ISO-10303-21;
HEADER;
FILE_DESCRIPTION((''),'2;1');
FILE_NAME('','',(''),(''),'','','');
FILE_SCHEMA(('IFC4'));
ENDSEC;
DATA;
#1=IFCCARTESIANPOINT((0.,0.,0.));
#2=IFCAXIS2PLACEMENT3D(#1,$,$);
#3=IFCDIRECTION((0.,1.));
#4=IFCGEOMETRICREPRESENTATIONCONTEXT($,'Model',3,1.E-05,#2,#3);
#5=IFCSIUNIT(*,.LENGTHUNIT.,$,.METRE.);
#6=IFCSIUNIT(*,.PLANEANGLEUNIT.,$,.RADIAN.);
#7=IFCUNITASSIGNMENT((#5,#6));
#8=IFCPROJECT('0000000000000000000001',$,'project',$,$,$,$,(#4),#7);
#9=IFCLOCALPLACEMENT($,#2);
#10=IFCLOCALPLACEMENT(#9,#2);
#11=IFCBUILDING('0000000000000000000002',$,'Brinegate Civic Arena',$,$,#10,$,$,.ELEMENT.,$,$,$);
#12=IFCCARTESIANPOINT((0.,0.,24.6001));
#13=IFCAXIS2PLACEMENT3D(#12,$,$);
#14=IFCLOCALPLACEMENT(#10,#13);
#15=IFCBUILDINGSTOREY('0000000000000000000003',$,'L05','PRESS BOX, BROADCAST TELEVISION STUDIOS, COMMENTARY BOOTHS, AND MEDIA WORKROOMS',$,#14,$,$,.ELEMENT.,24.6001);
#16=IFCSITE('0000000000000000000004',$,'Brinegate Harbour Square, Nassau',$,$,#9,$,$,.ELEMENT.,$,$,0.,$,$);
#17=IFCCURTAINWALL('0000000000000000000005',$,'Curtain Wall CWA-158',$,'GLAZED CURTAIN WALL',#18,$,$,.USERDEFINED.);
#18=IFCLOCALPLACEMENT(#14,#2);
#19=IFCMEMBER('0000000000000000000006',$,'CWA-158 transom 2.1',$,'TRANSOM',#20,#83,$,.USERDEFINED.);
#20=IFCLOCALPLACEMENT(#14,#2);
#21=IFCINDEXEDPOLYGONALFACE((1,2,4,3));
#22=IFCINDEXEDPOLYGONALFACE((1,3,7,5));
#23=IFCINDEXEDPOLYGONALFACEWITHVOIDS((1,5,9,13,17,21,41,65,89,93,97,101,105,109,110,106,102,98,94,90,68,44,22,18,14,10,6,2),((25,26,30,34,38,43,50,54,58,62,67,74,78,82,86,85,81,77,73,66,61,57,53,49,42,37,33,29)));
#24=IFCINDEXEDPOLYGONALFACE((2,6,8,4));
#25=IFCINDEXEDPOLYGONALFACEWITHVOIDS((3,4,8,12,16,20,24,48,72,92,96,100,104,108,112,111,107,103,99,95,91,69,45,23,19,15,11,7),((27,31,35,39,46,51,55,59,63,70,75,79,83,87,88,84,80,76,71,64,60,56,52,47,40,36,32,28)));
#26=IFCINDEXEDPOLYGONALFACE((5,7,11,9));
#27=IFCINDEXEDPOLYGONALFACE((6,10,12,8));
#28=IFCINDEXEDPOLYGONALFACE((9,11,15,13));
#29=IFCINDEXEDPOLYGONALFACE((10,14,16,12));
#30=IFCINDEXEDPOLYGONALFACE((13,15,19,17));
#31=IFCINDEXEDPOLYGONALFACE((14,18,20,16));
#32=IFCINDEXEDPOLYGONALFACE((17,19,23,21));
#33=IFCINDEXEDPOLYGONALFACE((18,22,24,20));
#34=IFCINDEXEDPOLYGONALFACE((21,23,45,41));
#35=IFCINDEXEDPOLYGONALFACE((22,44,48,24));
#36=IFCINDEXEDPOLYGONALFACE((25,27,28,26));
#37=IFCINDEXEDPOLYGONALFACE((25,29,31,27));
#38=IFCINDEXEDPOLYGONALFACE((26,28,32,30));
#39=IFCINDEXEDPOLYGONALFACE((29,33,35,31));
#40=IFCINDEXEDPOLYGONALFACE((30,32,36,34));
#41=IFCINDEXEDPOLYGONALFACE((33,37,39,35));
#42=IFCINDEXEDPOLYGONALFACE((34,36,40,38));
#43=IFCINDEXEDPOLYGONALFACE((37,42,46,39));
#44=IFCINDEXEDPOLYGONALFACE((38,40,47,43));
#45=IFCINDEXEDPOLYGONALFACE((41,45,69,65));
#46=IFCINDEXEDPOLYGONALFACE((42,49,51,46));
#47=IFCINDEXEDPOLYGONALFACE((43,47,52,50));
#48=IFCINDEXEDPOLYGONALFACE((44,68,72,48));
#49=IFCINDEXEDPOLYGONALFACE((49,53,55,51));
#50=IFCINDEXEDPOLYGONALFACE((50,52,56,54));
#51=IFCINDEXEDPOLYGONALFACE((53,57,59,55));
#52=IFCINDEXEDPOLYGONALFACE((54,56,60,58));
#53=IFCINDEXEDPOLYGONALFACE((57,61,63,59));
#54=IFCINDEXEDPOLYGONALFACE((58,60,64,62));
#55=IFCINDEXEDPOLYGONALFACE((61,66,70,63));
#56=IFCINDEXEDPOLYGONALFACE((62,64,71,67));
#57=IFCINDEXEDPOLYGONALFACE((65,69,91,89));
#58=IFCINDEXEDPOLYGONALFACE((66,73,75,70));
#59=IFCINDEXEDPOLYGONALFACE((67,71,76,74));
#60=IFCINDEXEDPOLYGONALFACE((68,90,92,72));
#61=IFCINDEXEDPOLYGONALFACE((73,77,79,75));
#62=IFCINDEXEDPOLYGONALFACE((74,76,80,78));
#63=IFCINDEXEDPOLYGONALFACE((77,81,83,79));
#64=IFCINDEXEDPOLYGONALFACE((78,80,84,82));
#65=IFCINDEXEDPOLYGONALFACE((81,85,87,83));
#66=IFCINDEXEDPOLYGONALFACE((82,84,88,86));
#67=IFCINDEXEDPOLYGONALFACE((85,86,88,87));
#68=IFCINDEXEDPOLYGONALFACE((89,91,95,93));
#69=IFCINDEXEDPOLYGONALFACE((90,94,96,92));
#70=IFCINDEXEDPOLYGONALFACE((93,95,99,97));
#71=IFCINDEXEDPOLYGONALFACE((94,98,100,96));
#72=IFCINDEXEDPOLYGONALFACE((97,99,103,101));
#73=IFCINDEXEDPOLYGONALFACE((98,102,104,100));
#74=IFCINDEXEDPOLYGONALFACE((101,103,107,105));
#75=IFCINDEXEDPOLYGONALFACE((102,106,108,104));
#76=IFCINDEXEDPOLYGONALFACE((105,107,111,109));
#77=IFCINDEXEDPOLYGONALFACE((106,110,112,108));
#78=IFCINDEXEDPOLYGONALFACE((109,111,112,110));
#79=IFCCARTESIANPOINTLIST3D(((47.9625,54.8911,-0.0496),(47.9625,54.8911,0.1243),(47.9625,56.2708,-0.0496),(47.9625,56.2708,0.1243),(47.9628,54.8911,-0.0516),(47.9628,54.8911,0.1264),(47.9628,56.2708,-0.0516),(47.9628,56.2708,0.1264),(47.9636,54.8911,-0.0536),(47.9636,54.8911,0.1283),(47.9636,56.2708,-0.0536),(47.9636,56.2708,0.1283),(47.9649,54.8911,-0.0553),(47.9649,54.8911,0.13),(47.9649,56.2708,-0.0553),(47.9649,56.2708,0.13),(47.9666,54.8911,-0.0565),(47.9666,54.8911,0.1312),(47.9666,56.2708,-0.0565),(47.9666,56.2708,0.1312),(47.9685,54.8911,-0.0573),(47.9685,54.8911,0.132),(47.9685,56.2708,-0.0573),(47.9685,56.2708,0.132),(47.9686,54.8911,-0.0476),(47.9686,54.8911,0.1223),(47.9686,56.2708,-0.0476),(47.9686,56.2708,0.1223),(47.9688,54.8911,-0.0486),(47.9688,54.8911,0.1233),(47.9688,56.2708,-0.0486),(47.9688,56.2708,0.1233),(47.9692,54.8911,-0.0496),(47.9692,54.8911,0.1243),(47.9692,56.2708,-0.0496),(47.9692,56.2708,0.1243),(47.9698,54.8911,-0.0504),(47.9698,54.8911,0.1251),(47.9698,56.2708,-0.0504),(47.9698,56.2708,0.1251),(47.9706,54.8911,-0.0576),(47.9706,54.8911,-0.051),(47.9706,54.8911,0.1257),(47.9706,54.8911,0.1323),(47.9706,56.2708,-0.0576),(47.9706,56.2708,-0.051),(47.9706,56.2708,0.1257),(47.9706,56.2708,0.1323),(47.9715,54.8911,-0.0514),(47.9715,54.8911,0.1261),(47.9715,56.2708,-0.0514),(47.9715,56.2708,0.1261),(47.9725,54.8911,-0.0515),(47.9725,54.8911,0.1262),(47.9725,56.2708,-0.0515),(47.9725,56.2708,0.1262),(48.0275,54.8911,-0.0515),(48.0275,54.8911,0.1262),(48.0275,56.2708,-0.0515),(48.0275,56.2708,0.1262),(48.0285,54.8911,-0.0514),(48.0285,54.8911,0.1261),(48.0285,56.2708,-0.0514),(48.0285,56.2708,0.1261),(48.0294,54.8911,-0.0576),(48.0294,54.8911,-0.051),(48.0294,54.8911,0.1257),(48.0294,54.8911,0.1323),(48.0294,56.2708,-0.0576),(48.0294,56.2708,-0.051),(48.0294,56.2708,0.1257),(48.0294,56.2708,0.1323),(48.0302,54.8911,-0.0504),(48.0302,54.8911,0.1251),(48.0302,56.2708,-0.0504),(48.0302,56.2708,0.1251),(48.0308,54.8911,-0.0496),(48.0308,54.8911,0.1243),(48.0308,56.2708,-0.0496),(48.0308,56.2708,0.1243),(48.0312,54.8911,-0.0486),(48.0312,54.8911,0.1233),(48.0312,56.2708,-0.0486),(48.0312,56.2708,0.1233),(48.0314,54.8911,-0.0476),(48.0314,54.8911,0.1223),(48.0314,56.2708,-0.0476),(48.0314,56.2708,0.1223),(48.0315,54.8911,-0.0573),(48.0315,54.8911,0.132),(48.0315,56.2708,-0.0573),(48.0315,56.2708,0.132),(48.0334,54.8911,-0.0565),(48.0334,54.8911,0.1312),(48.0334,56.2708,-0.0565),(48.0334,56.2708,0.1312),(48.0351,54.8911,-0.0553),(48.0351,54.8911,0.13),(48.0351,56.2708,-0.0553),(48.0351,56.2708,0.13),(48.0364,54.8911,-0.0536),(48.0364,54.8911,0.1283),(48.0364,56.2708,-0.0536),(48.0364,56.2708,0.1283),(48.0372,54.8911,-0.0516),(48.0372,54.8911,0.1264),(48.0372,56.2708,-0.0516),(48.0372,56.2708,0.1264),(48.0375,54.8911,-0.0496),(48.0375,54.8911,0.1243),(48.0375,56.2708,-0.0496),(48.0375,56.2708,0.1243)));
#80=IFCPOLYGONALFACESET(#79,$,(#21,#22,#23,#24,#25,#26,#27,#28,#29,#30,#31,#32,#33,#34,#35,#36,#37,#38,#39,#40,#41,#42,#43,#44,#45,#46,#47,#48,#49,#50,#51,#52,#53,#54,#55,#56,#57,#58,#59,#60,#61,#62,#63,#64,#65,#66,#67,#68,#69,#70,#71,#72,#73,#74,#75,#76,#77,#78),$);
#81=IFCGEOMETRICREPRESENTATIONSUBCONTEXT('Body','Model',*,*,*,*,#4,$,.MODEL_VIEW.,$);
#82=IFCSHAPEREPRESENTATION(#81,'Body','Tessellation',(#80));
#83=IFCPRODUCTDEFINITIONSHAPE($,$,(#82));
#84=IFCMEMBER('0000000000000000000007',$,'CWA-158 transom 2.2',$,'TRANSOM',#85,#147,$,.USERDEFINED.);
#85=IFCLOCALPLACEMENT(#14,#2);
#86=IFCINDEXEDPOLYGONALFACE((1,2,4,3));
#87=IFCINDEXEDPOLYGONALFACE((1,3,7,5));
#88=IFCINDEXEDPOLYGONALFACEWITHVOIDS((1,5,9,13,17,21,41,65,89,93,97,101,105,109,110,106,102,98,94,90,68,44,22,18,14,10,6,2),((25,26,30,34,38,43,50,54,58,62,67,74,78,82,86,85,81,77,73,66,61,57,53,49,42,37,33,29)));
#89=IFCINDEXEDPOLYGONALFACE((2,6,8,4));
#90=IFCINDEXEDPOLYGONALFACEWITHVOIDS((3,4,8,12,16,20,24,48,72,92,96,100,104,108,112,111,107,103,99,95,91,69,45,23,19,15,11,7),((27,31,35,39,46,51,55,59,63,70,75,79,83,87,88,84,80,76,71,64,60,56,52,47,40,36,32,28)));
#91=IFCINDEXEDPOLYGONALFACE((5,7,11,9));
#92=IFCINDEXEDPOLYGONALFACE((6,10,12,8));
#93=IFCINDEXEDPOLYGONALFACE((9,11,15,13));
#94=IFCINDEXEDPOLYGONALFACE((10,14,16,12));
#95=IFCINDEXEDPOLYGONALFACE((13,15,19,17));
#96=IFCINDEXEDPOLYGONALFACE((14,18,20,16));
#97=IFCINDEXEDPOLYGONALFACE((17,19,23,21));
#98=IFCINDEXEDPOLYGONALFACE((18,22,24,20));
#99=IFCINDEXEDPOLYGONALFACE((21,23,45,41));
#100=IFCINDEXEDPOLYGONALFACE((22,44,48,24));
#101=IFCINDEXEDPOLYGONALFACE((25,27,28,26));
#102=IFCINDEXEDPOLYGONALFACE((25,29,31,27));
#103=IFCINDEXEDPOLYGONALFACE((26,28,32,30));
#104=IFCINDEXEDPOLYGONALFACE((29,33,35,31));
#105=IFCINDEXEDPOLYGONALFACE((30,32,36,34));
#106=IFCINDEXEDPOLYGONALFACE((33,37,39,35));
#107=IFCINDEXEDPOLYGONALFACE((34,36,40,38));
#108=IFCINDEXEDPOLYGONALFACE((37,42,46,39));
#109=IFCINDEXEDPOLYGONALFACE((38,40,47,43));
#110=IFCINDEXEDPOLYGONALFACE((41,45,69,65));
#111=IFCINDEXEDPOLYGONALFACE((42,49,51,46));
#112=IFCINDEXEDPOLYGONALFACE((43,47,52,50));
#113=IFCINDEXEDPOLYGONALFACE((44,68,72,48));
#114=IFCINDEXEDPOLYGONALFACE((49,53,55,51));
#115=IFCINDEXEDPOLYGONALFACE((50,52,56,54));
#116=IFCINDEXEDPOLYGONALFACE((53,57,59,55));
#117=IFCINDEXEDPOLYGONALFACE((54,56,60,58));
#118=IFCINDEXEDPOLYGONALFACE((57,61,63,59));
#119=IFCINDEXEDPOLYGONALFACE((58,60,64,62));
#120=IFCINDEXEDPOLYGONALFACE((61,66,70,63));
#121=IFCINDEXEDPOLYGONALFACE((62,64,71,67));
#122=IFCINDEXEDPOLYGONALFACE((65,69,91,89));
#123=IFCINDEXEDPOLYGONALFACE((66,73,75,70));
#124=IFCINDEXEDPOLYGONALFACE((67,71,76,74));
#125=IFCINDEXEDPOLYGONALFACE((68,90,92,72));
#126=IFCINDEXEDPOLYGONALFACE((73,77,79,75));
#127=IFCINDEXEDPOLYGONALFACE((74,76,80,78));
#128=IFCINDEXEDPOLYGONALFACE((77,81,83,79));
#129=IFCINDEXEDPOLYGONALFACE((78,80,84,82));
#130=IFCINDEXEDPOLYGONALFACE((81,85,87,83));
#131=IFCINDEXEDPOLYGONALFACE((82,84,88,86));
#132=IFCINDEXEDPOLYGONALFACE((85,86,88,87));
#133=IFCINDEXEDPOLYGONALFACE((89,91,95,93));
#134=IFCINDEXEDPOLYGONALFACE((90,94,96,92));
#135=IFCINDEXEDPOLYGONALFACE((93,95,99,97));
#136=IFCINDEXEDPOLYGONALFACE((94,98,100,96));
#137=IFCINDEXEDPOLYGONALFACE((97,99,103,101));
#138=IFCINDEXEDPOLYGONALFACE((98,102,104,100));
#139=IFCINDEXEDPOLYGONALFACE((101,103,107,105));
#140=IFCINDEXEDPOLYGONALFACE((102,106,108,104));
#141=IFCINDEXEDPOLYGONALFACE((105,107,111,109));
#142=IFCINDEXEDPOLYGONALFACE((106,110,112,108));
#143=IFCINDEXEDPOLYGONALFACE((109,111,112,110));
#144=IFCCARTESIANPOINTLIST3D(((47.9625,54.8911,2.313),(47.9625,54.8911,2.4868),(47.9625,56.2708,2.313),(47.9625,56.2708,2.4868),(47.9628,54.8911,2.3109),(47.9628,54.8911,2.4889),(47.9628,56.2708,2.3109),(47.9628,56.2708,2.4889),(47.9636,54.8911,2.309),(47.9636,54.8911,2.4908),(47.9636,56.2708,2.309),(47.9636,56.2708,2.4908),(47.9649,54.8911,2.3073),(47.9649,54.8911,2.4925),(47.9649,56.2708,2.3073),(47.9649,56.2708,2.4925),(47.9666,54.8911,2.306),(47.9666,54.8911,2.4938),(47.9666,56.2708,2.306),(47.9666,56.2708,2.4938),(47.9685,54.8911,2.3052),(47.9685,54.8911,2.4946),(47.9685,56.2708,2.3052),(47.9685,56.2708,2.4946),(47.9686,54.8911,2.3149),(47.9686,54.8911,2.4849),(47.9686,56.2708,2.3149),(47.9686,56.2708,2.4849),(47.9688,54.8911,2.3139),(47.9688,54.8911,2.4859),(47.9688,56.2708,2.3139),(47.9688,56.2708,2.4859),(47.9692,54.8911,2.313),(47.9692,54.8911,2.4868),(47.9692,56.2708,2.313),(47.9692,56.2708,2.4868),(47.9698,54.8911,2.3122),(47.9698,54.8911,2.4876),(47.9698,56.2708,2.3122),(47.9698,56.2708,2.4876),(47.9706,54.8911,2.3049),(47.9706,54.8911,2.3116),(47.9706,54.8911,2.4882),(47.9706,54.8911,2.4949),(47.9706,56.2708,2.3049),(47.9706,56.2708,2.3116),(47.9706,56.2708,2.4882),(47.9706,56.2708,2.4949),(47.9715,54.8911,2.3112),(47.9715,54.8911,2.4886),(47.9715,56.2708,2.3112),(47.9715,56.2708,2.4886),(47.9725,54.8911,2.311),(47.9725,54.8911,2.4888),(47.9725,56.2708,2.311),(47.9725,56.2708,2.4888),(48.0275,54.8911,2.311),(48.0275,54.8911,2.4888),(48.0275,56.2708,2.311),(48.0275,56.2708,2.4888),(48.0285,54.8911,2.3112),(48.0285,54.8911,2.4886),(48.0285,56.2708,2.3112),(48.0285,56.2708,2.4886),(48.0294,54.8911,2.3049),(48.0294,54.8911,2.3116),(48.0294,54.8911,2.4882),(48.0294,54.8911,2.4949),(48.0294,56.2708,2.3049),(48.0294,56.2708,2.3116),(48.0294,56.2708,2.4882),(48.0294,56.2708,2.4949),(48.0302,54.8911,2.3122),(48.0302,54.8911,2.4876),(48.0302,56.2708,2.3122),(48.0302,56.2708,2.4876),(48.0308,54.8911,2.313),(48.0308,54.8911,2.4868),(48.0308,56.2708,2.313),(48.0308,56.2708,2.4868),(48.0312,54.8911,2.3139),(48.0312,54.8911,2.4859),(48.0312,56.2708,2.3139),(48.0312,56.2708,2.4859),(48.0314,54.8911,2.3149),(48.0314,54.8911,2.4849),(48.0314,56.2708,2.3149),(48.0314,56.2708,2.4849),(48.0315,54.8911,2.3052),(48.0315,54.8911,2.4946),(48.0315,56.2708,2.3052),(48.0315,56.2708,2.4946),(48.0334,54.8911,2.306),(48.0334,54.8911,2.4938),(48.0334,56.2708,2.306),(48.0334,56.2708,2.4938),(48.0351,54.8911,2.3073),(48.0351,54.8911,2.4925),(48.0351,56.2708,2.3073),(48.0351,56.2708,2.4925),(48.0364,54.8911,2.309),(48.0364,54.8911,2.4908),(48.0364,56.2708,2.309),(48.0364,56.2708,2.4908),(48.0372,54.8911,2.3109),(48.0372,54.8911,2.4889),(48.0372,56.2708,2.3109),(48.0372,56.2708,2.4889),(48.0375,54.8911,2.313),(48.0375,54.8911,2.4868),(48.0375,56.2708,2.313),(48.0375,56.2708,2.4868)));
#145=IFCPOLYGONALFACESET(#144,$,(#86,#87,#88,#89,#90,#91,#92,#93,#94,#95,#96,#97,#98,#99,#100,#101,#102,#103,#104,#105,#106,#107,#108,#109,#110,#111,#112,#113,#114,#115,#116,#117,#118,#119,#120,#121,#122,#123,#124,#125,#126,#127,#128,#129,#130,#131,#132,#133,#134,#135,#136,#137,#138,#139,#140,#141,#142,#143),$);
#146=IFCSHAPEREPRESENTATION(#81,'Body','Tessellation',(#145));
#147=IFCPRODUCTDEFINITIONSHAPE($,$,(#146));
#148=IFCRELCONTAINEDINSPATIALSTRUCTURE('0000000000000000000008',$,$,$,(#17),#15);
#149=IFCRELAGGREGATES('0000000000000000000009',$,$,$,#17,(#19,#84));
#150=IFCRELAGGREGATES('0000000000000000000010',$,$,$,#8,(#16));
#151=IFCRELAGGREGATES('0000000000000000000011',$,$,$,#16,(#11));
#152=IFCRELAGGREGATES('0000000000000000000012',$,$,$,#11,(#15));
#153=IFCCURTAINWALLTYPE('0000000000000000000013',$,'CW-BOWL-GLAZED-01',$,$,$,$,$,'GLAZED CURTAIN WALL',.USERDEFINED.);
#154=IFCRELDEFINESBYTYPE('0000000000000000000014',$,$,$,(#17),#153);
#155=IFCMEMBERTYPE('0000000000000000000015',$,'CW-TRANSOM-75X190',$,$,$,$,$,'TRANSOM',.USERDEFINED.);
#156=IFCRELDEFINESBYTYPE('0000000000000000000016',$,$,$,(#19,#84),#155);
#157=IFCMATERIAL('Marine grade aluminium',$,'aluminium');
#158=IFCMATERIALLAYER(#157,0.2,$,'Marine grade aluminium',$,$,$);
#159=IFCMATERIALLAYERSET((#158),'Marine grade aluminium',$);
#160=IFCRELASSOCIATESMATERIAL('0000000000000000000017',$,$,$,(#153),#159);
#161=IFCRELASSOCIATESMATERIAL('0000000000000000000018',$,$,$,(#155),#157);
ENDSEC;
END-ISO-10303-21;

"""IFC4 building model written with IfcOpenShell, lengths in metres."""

from ifc_helpers import new_model, si_unit, direction, frame, origin, origin_2d, place, context, subcontext, project, spatial, hollow_rectangle, extrude, material, layer, layer_set, material_profile, profile_set, type_object, element, aggregate, save


model = new_model("IFC4")

# Units and contexts
model_context = context("Model", 3, precision=1e-05, world=origin(), true_north=direction((0.0, 1.0)))
body_context = subcontext(model_context, "Body", "Model", "MODEL_VIEW")
ifc_project = project(units=[si_unit("LENGTHUNIT", "METRE"), si_unit("PLANEANGLEUNIT", "RADIAN")], contexts=[model_context])

# Site, building, storey
site_placement = place(None, origin())
site = spatial("IfcSite", under=ifc_project, at=site_placement, Name="Brinegate Harbour Square, Nassau", CompositionType="ELEMENT", RefElevation=0.0)
building_placement = place(site_placement, origin())
building = spatial("IfcBuilding", under=site, at=building_placement, Name="Brinegate Civic Arena", CompositionType="ELEMENT")
storey_placement = place(building_placement, frame((0.0, 0.0, 24.6001)))
storey = spatial("IfcBuildingStorey", under=building, at=storey_placement, Name="L05", Description="PRESS BOX, BROADCAST TELEVISION STUDIOS, COMMENTARY BOOTHS, AND MEDIA WORKROOMS", CompositionType="ELEMENT", Elevation=24.6001)

# Curtain wall, members
ifc_material_1 = material(Name="Marine grade aluminium", Category="aluminium")
ifc_layer_1 = layer(ifc_material_1, 0.2, Name="Marine grade aluminium")
ifc_layer_set_1 = layer_set([ifc_layer_1], Name="Marine grade aluminium")
curtain_wall_type = type_object("IfcCurtainWallType", Name="CW-BOWL-GLAZED-01", ElementType="GLAZED CURTAIN WALL", PredefinedType="USERDEFINED", material=ifc_layer_set_1)
curtain_wall_placement = place(storey_placement, origin())
curtain_wall = element("IfcCurtainWall", 1, at=curtain_wall_placement, inside=storey, type_object=curtain_wall_type, Name="Curtain Wall CWA-158", ObjectType="GLAZED CURTAIN WALL", PredefinedType="USERDEFINED")
ifc_material_profile_1 = material_profile(ifc_material_1, hollow_rectangle(XDim=0.075, YDim=0.1899, WallThickness=0.0061, InnerFilletRadius=0.0039, OuterFilletRadius=0.0081, at=origin_2d()), Name="TRN75X190")
ifc_profile_set_1 = profile_set([ifc_material_profile_1], Name="Marine grade aluminium")
member_type_1 = type_object("IfcMemberType", Name="CW-TRANSOM-75X190", ElementType="TRANSOM", PredefinedType="USERDEFINED", material=ifc_profile_set_1)
member_1_placement = place(storey_placement, frame((48.0, 54.8911, 0.0374), z_axis=(0.0, 1.0, 0.0), x_axis=(-1.0, 0.0, 0.0)))
member_1 = element("IfcMember", 2, at=member_1_placement, type_object=member_type_1, Name="CWA-158 transom 2.1", ObjectType="TRANSOM", PredefinedType="USERDEFINED", context=body_context, shape_type="SweptSolid", body=[
    extrude(hollow_rectangle(XDim=0.075, YDim=0.1899, WallThickness=0.0061, InnerFilletRadius=0.0039, OuterFilletRadius=0.0081, at=origin_2d()), origin(), (0.0, 0.0, 1.0), 1.3796),
])
member_2_placement = place(storey_placement, frame((48.0, 54.8911, 2.3999), z_axis=(0.0, 1.0, 0.0), x_axis=(-1.0, 0.0, 0.0)))
member_2 = element("IfcMember", 3, at=member_2_placement, type_object=member_type_1, Name="CWA-158 transom 2.2", ObjectType="TRANSOM", PredefinedType="USERDEFINED", context=body_context, shape_type="SweptSolid", body=[
    extrude(hollow_rectangle(XDim=0.075, YDim=0.1899, WallThickness=0.0061, InnerFilletRadius=0.0039, OuterFilletRadius=0.0081, at=origin_2d()), origin(), (0.0, 0.0, 1.0), 1.3796),
])

aggregate(curtain_wall, [member_1, member_2])

save(model, "model.ifc")
